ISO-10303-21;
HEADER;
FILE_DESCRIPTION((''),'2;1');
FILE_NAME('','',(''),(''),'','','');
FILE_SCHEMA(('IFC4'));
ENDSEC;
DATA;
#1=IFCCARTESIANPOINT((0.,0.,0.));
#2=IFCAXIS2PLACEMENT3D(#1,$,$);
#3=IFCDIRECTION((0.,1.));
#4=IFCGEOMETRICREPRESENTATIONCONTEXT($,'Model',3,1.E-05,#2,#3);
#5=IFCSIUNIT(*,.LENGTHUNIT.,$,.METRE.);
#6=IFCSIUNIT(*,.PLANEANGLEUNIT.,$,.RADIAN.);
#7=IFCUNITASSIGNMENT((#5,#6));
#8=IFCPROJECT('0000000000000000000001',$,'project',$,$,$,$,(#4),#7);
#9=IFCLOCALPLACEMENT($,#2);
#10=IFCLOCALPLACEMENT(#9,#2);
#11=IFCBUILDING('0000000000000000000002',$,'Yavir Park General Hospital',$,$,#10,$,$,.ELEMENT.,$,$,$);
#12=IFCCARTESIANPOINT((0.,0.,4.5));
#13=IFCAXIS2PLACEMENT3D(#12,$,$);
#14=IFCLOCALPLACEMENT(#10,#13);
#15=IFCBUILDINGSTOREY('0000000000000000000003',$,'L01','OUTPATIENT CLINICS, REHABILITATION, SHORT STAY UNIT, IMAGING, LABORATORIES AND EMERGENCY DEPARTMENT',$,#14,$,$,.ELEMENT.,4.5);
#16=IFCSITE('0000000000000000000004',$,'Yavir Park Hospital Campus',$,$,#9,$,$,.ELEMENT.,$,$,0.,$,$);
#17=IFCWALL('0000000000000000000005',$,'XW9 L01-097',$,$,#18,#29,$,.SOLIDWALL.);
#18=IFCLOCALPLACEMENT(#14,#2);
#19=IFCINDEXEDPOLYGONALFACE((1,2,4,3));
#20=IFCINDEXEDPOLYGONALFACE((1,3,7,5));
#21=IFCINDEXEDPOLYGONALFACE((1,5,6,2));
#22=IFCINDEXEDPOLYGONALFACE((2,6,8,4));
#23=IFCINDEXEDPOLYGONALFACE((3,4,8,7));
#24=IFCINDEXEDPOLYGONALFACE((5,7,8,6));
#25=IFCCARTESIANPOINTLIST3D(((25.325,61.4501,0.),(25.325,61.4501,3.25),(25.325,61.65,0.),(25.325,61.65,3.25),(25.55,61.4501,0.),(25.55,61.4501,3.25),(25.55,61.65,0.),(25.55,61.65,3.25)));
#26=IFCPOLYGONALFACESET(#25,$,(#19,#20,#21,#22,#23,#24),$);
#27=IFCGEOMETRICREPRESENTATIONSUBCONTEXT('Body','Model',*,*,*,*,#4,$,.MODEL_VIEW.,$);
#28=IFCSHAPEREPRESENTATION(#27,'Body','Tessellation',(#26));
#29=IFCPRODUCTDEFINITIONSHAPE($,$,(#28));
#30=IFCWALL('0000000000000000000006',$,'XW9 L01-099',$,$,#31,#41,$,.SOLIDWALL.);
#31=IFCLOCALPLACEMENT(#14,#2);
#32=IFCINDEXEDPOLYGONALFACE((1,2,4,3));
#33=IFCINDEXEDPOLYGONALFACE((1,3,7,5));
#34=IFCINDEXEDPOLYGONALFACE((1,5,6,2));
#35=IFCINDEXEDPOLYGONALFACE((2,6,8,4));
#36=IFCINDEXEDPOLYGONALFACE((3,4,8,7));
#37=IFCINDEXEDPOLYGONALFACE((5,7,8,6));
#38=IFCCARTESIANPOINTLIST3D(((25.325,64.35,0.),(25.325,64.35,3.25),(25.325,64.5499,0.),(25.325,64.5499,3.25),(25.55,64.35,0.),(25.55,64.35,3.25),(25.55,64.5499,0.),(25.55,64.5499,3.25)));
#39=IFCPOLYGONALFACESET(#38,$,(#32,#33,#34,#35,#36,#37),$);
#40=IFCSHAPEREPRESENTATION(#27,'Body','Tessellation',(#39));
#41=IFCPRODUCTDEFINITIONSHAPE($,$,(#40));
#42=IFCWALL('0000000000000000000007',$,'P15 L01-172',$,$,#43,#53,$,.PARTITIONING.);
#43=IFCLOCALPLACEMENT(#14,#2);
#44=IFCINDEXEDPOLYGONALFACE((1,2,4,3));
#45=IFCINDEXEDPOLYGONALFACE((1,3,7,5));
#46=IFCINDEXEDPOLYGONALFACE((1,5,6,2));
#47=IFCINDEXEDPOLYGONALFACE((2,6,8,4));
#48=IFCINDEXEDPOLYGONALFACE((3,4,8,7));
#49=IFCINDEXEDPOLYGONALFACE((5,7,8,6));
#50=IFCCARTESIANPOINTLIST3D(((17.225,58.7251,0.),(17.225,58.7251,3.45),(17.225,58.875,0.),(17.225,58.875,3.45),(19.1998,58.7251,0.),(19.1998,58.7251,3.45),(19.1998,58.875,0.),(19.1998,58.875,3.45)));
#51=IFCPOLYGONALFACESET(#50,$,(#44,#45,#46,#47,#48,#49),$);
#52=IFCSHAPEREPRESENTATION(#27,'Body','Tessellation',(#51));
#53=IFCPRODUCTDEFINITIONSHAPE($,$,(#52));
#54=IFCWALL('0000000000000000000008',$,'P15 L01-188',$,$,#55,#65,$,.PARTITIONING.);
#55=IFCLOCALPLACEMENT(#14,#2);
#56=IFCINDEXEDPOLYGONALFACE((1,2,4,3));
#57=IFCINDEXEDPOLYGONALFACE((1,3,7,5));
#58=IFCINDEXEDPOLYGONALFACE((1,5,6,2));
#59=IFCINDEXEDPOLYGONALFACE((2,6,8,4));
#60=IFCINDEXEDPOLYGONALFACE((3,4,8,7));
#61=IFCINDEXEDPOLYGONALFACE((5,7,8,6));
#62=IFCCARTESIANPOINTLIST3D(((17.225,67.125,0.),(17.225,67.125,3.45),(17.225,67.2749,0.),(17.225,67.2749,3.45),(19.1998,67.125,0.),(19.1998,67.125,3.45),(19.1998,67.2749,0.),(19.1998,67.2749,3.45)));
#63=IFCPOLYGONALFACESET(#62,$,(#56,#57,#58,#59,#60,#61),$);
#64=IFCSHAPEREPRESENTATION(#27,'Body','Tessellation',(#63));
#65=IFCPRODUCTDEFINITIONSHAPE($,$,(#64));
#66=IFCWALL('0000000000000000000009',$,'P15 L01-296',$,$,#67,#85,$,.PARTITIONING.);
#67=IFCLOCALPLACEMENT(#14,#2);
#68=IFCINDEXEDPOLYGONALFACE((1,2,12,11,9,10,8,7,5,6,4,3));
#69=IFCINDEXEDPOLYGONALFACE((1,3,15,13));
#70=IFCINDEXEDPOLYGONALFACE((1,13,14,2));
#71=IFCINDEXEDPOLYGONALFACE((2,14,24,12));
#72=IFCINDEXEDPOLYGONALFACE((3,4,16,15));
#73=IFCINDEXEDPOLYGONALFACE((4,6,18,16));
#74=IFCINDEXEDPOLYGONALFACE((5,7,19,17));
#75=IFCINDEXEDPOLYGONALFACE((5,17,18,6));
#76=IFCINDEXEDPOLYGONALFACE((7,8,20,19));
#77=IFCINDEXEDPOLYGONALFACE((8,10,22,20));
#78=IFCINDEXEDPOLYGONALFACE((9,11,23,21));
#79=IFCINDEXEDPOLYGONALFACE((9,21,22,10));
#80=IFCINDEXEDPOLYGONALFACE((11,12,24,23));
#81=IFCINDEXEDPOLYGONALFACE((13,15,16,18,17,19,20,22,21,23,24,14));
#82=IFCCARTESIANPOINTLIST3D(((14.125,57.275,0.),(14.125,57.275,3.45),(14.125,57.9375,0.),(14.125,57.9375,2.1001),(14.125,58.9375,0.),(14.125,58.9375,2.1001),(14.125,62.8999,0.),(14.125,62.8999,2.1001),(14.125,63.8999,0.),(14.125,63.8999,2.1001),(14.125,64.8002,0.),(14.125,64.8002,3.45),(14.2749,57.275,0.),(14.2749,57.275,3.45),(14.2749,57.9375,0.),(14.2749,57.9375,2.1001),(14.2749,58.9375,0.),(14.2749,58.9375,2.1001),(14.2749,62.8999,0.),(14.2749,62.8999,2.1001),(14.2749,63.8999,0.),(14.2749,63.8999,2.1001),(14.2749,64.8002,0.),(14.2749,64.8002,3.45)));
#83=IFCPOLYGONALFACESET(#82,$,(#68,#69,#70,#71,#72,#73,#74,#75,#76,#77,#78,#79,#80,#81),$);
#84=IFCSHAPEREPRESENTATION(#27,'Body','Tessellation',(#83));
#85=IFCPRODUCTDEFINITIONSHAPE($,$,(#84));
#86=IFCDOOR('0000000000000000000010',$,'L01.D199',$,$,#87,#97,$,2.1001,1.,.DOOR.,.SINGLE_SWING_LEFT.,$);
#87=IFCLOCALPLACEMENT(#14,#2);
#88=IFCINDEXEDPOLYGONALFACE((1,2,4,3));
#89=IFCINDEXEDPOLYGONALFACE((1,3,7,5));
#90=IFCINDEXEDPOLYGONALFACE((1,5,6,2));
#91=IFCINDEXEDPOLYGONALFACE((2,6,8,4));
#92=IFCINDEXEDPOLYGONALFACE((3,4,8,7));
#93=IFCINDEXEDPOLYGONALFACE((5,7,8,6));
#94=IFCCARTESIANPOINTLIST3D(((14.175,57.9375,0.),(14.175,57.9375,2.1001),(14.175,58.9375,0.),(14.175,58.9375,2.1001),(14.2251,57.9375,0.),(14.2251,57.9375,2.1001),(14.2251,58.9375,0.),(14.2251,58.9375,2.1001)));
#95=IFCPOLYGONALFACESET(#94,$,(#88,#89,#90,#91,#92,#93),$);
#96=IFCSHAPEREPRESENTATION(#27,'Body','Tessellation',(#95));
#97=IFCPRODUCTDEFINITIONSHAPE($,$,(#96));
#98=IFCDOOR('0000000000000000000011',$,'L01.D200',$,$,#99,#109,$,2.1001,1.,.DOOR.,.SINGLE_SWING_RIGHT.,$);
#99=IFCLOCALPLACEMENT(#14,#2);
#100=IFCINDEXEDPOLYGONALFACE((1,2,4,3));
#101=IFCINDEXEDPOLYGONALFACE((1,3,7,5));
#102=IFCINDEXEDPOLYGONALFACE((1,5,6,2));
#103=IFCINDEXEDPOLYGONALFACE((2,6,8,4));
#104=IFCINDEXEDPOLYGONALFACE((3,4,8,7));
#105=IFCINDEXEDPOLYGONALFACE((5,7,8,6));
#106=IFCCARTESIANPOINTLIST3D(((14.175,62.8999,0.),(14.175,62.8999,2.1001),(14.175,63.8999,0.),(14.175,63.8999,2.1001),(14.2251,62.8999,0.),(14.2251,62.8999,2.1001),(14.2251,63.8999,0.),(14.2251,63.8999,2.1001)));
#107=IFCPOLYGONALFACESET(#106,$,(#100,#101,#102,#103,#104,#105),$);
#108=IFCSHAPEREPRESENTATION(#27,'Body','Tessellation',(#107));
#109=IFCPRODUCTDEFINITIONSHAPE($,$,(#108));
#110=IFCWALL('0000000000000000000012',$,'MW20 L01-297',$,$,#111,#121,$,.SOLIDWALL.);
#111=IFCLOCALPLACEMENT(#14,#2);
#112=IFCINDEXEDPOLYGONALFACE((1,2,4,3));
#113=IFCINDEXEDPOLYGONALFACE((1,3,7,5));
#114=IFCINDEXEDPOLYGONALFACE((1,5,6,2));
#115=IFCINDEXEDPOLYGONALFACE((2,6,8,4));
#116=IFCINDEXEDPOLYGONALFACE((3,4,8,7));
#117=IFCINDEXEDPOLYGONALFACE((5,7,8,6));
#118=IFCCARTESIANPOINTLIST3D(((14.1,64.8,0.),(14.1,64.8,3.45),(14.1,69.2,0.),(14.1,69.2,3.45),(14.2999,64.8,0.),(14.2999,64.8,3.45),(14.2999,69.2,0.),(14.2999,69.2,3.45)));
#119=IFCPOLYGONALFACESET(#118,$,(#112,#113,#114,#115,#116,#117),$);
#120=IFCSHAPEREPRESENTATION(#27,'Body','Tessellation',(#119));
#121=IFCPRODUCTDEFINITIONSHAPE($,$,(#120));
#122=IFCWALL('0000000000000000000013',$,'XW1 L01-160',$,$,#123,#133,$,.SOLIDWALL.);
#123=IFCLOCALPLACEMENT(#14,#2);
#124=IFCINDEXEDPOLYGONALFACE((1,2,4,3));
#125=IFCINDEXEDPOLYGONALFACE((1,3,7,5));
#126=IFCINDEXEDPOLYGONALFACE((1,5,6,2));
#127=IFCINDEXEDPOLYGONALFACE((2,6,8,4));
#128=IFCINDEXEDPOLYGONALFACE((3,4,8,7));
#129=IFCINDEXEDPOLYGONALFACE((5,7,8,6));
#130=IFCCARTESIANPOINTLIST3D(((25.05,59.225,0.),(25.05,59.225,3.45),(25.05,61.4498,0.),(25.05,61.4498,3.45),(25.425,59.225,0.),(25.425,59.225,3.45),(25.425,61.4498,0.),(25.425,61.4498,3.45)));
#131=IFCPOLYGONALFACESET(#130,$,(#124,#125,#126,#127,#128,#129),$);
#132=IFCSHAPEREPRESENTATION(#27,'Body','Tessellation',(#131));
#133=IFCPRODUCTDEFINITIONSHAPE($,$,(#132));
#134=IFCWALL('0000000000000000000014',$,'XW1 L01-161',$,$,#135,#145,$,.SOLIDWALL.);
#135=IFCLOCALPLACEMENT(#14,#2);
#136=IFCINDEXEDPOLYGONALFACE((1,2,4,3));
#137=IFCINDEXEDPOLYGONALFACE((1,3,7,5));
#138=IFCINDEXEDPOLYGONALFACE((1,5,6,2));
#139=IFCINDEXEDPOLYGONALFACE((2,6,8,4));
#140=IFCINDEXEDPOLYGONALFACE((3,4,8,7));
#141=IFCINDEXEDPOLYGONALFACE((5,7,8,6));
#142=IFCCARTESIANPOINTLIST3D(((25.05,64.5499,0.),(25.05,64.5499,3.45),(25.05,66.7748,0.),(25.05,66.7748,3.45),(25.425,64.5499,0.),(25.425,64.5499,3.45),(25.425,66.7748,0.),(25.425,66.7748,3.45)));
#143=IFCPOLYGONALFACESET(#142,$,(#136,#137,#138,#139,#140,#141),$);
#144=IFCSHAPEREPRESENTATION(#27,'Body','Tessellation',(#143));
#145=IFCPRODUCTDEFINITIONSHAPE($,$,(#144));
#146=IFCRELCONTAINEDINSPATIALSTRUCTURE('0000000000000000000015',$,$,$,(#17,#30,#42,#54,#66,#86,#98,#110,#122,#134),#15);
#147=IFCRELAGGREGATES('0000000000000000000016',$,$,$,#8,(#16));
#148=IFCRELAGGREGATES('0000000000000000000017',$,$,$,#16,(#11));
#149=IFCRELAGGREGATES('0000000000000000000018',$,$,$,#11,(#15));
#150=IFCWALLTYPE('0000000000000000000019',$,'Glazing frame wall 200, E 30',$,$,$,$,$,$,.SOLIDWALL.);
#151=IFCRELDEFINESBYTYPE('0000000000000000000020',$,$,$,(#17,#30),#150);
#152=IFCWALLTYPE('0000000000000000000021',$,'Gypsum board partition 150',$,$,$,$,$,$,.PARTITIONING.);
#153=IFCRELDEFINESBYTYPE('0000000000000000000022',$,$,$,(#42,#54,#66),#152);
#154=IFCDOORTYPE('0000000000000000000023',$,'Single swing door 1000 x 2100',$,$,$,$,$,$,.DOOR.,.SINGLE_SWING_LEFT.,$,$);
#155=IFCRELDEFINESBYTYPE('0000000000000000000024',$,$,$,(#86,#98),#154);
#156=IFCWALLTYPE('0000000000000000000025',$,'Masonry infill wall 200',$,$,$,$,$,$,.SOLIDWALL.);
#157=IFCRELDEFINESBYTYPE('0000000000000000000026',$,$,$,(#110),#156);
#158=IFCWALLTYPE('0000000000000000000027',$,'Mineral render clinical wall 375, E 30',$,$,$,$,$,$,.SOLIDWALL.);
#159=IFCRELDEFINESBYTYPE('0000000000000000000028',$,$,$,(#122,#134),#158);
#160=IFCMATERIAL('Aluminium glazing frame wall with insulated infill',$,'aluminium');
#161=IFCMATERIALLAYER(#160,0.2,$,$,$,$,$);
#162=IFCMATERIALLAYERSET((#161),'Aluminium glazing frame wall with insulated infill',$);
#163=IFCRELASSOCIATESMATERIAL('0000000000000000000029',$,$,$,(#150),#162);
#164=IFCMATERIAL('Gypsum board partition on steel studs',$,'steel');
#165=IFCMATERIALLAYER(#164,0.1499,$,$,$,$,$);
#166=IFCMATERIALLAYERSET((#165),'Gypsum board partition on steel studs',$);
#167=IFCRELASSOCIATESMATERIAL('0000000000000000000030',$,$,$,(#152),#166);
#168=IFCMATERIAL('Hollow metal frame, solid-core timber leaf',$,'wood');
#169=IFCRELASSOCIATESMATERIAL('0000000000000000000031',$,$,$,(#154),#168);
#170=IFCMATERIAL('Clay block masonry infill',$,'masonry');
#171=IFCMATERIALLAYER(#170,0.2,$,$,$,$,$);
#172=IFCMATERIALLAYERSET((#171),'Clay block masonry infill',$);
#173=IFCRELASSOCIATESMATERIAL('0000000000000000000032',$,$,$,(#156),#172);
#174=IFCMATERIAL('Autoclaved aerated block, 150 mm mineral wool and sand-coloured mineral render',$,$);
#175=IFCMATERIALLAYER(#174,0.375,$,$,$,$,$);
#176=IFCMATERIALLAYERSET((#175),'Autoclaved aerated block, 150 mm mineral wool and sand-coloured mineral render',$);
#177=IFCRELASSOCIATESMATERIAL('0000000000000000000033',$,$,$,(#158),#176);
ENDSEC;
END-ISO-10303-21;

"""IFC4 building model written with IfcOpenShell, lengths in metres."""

from ifc_helpers import new_model, si_unit, direction, frame, frame_2d, origin, place, context, subcontext, project, spatial, rectangle, extrude, material, layer, layer_set, type_object, element, fill, save


model = new_model("IFC4")

# Units and contexts
model_context = context("Model", 3, precision=1e-05, world=origin(), true_north=direction((0.0, 1.0)))
body_context = subcontext(model_context, "Body", "Model", "MODEL_VIEW")
ifc_project = project(units=[si_unit("LENGTHUNIT", "METRE"), si_unit("PLANEANGLEUNIT", "RADIAN")], contexts=[model_context])

# Site, building, storey
site_placement = place(None, origin())
site = spatial("IfcSite", under=ifc_project, at=site_placement, Name="Yavir Park Hospital Campus", CompositionType="ELEMENT", RefElevation=0.0)
building_placement = place(site_placement, origin())
building = spatial("IfcBuilding", under=site, at=building_placement, Name="Yavir Park General Hospital", CompositionType="ELEMENT")
storey_placement = place(building_placement, frame((0.0, 0.0, 4.5)))
storey = spatial("IfcBuildingStorey", under=building, at=storey_placement, Name="L01", Description="OUTPATIENT CLINICS, REHABILITATION, SHORT STAY UNIT, IMAGING, LABORATORIES AND EMERGENCY DEPARTMENT", CompositionType="ELEMENT", Elevation=4.5)

# Walls
ifc_material_1 = material(Name="Aluminium glazing frame wall with insulated infill", Category="aluminium")
ifc_layer_1 = layer(ifc_material_1, 0.2)
ifc_layer_set_1 = layer_set([ifc_layer_1], Name="Aluminium glazing frame wall with insulated infill")
wall_type_1 = type_object("IfcWallType", Name="Glazing frame wall 200, E 30", PredefinedType="SOLIDWALL", material=ifc_layer_set_1)
for number, where, z_axis, x_axis, name in (
    (1, (25.325, 61.55, 0.0), (0.0, 0.0, 1.0), (1.0, 0.0, 0.0), "XW9 L01-097"),
    (2, (25.325, 64.45, 0.0), (0.0, 0.0, 1.0), (1.0, 0.0, 0.0), "XW9 L01-099"),
):
    element("IfcWall", number, at=place(storey_placement, frame(where, z_axis=z_axis, x_axis=x_axis)), inside=storey, type_object=wall_type_1, Name=name, PredefinedType="SOLIDWALL", context=body_context, shape_type="SweptSolid", body=[
        extrude(rectangle(XDim=0.2251, YDim=0.2, at=frame_2d((0.1125, 0.0))), origin(), (0.0, 0.0, 1.0), 3.25),
    ])
ifc_material_2 = material(Name="Gypsum board partition on steel studs", Category="steel")
ifc_layer_2 = layer(ifc_material_2, 0.1499)
ifc_layer_set_2 = layer_set([ifc_layer_2], Name="Gypsum board partition on steel studs")
wall_type_2 = type_object("IfcWallType", Name="Gypsum board partition 150", PredefinedType="PARTITIONING", material=ifc_layer_set_2)
for number, where, z_axis, x_axis, name in (
    (3, (17.2251, 58.8, 0.0), (0.0, 0.0, 1.0), (1.0, 0.0, 0.0), "P15 L01-172"),
    (4, (17.2251, 67.2, 0.0), (0.0, 0.0, 1.0), (1.0, 0.0, 0.0), "P15 L01-188"),
):
    element("IfcWall", number, at=place(storey_placement, frame(where, z_axis=z_axis, x_axis=x_axis)), inside=storey, type_object=wall_type_2, Name=name, PredefinedType="PARTITIONING", context=body_context, shape_type="SweptSolid", body=[
        extrude(rectangle(XDim=1.9749, YDim=0.1499, at=frame_2d((0.9873, 0.0))), origin(), (0.0, 0.0, 1.0), 3.45),
    ])

# Wall, openings, doors
wall_1_placement = place(storey_placement, frame((14.2, 57.2749, 0.0), z_axis=(0.0, 0.0, 1.0), x_axis=(0.0, 1.0, 0.0)))
wall_1 = element("IfcWall", 5, at=wall_1_placement, inside=storey, type_object=wall_type_2, Name="P15 L01-296", PredefinedType="PARTITIONING", context=body_context, shape_type="SweptSolid", body=[
    extrude(rectangle(XDim=7.5251, YDim=0.1499, at=frame_2d((3.7627, 0.0))), origin(), (0.0, 0.0, 1.0), 3.45),
])
opening_1_placement = place(wall_1_placement, frame((0.6626, 0.0, 0.0)))
opening_1 = element("IfcOpeningElement", 6, at=opening_1_placement, cuts=wall_1, PredefinedType="OPENING", context=body_context, shape_type="SweptSolid", body=[
    extrude(rectangle(XDim=1.0, YDim=2.1001, at=frame_2d((0.5, 1.05))), frame((0.0, 0.085, 0.0), z_axis=(0.0, -1.0, 0.0), x_axis=(1.0, 0.0, 0.0)), (0.0, 0.0, 1.0), 0.1699),
])
opening_2_placement = place(wall_1_placement, frame((5.625, 0.0, 0.0)))
opening_2 = element("IfcOpeningElement", 7, at=opening_2_placement, cuts=wall_1, PredefinedType="OPENING", context=body_context, shape_type="SweptSolid", body=[
    extrude(rectangle(XDim=1.0, YDim=2.1001, at=frame_2d((0.5, 1.05))), frame((0.0, 0.085, 0.0), z_axis=(0.0, -1.0, 0.0), x_axis=(1.0, 0.0, 0.0)), (0.0, 0.0, 1.0), 0.1699),
])
ifc_material_3 = material(Name="Hollow metal frame, solid-core timber leaf", Category="wood")
door_type_1 = type_object("IfcDoorType", Name="Single swing door 1000 x 2100", OperationType="SINGLE_SWING_LEFT", PredefinedType="DOOR", material=ifc_material_3)
door_1_placement = place(opening_1_placement, origin())
door_1 = element("IfcDoor", 8, at=door_1_placement, inside=storey, type_object=door_type_1, Name="L01.D199", OperationType="SINGLE_SWING_LEFT", OverallHeight=2.1001, OverallWidth=1.0, PredefinedType="DOOR", context=body_context, shape_type="SweptSolid", body=[
    extrude(rectangle(XDim=1.0, YDim=2.1001, at=frame_2d((0.5, 1.05))), frame((0.0, 0.0249, 0.0), z_axis=(0.0, -1.0, 0.0), x_axis=(1.0, 0.0, 0.0)), (0.0, 0.0, 1.0), 0.05),
])
fill(opening_1, door_1)
door_2_placement = place(opening_2_placement, origin())
door_2 = element("IfcDoor", 9, at=door_2_placement, inside=storey, type_object=door_type_1, Name="L01.D200", OperationType="SINGLE_SWING_RIGHT", OverallHeight=2.1001, OverallWidth=1.0, PredefinedType="DOOR", context=body_context, shape_type="SweptSolid", body=[
    extrude(rectangle(XDim=1.0, YDim=2.1001, at=frame_2d((0.5, 1.05))), frame((0.0, 0.0249, 0.0), z_axis=(0.0, -1.0, 0.0), x_axis=(1.0, 0.0, 0.0)), (0.0, 0.0, 1.0), 0.05),
])
fill(opening_2, door_2)

# Walls
ifc_material_4 = material(Name="Clay block masonry infill", Category="masonry")
ifc_layer_3 = layer(ifc_material_4, 0.2)
ifc_layer_set_3 = layer_set([ifc_layer_3], Name="Clay block masonry infill")
wall_type_3 = type_object("IfcWallType", Name="Masonry infill wall 200", PredefinedType="SOLIDWALL", material=ifc_layer_set_3)
wall_2_placement = place(storey_placement, frame((14.2, 64.8, 0.0), z_axis=(0.0, 0.0, 1.0), x_axis=(0.0, 1.0, 0.0)))
element("IfcWall", 10, at=wall_2_placement, inside=storey, type_object=wall_type_3, Name="MW20 L01-297", PredefinedType="SOLIDWALL", context=body_context, shape_type="SweptSolid", body=[
    extrude(rectangle(XDim=4.3999, YDim=0.2, at=frame_2d((2.2, 0.0))), origin(), (0.0, 0.0, 1.0), 3.45),
])
ifc_material_5 = material(Name="Autoclaved aerated block, 150 mm mineral wool and sand-coloured mineral render")
ifc_layer_4 = layer(ifc_material_5, 0.375)
ifc_layer_set_4 = layer_set([ifc_layer_4], Name="Autoclaved aerated block, 150 mm mineral wool and sand-coloured mineral render")
wall_type_4 = type_object("IfcWallType", Name="Mineral render clinical wall 375, E 30", PredefinedType="SOLIDWALL", material=ifc_layer_set_4)
for number, where, z_axis, x_axis, name in (
    (11, (25.2375, 59.2251, 0.0), (0.0, 0.0, 1.0), (0.0, 1.0, 0.0), "XW1 L01-160"),
    (12, (25.2375, 64.55, 0.0), (0.0, 0.0, 1.0), (0.0, 1.0, 0.0), "XW1 L01-161"),
):
    element("IfcWall", number, at=place(storey_placement, frame(where, z_axis=z_axis, x_axis=x_axis)), inside=storey, type_object=wall_type_4, Name=name, PredefinedType="SOLIDWALL", context=body_context, shape_type="SweptSolid", body=[
        extrude(rectangle(XDim=2.2249, YDim=0.375, at=frame_2d((1.1123, 0.0))), origin(), (0.0, 0.0, 1.0), 3.45),
    ])

save(model, "model.ifc")
